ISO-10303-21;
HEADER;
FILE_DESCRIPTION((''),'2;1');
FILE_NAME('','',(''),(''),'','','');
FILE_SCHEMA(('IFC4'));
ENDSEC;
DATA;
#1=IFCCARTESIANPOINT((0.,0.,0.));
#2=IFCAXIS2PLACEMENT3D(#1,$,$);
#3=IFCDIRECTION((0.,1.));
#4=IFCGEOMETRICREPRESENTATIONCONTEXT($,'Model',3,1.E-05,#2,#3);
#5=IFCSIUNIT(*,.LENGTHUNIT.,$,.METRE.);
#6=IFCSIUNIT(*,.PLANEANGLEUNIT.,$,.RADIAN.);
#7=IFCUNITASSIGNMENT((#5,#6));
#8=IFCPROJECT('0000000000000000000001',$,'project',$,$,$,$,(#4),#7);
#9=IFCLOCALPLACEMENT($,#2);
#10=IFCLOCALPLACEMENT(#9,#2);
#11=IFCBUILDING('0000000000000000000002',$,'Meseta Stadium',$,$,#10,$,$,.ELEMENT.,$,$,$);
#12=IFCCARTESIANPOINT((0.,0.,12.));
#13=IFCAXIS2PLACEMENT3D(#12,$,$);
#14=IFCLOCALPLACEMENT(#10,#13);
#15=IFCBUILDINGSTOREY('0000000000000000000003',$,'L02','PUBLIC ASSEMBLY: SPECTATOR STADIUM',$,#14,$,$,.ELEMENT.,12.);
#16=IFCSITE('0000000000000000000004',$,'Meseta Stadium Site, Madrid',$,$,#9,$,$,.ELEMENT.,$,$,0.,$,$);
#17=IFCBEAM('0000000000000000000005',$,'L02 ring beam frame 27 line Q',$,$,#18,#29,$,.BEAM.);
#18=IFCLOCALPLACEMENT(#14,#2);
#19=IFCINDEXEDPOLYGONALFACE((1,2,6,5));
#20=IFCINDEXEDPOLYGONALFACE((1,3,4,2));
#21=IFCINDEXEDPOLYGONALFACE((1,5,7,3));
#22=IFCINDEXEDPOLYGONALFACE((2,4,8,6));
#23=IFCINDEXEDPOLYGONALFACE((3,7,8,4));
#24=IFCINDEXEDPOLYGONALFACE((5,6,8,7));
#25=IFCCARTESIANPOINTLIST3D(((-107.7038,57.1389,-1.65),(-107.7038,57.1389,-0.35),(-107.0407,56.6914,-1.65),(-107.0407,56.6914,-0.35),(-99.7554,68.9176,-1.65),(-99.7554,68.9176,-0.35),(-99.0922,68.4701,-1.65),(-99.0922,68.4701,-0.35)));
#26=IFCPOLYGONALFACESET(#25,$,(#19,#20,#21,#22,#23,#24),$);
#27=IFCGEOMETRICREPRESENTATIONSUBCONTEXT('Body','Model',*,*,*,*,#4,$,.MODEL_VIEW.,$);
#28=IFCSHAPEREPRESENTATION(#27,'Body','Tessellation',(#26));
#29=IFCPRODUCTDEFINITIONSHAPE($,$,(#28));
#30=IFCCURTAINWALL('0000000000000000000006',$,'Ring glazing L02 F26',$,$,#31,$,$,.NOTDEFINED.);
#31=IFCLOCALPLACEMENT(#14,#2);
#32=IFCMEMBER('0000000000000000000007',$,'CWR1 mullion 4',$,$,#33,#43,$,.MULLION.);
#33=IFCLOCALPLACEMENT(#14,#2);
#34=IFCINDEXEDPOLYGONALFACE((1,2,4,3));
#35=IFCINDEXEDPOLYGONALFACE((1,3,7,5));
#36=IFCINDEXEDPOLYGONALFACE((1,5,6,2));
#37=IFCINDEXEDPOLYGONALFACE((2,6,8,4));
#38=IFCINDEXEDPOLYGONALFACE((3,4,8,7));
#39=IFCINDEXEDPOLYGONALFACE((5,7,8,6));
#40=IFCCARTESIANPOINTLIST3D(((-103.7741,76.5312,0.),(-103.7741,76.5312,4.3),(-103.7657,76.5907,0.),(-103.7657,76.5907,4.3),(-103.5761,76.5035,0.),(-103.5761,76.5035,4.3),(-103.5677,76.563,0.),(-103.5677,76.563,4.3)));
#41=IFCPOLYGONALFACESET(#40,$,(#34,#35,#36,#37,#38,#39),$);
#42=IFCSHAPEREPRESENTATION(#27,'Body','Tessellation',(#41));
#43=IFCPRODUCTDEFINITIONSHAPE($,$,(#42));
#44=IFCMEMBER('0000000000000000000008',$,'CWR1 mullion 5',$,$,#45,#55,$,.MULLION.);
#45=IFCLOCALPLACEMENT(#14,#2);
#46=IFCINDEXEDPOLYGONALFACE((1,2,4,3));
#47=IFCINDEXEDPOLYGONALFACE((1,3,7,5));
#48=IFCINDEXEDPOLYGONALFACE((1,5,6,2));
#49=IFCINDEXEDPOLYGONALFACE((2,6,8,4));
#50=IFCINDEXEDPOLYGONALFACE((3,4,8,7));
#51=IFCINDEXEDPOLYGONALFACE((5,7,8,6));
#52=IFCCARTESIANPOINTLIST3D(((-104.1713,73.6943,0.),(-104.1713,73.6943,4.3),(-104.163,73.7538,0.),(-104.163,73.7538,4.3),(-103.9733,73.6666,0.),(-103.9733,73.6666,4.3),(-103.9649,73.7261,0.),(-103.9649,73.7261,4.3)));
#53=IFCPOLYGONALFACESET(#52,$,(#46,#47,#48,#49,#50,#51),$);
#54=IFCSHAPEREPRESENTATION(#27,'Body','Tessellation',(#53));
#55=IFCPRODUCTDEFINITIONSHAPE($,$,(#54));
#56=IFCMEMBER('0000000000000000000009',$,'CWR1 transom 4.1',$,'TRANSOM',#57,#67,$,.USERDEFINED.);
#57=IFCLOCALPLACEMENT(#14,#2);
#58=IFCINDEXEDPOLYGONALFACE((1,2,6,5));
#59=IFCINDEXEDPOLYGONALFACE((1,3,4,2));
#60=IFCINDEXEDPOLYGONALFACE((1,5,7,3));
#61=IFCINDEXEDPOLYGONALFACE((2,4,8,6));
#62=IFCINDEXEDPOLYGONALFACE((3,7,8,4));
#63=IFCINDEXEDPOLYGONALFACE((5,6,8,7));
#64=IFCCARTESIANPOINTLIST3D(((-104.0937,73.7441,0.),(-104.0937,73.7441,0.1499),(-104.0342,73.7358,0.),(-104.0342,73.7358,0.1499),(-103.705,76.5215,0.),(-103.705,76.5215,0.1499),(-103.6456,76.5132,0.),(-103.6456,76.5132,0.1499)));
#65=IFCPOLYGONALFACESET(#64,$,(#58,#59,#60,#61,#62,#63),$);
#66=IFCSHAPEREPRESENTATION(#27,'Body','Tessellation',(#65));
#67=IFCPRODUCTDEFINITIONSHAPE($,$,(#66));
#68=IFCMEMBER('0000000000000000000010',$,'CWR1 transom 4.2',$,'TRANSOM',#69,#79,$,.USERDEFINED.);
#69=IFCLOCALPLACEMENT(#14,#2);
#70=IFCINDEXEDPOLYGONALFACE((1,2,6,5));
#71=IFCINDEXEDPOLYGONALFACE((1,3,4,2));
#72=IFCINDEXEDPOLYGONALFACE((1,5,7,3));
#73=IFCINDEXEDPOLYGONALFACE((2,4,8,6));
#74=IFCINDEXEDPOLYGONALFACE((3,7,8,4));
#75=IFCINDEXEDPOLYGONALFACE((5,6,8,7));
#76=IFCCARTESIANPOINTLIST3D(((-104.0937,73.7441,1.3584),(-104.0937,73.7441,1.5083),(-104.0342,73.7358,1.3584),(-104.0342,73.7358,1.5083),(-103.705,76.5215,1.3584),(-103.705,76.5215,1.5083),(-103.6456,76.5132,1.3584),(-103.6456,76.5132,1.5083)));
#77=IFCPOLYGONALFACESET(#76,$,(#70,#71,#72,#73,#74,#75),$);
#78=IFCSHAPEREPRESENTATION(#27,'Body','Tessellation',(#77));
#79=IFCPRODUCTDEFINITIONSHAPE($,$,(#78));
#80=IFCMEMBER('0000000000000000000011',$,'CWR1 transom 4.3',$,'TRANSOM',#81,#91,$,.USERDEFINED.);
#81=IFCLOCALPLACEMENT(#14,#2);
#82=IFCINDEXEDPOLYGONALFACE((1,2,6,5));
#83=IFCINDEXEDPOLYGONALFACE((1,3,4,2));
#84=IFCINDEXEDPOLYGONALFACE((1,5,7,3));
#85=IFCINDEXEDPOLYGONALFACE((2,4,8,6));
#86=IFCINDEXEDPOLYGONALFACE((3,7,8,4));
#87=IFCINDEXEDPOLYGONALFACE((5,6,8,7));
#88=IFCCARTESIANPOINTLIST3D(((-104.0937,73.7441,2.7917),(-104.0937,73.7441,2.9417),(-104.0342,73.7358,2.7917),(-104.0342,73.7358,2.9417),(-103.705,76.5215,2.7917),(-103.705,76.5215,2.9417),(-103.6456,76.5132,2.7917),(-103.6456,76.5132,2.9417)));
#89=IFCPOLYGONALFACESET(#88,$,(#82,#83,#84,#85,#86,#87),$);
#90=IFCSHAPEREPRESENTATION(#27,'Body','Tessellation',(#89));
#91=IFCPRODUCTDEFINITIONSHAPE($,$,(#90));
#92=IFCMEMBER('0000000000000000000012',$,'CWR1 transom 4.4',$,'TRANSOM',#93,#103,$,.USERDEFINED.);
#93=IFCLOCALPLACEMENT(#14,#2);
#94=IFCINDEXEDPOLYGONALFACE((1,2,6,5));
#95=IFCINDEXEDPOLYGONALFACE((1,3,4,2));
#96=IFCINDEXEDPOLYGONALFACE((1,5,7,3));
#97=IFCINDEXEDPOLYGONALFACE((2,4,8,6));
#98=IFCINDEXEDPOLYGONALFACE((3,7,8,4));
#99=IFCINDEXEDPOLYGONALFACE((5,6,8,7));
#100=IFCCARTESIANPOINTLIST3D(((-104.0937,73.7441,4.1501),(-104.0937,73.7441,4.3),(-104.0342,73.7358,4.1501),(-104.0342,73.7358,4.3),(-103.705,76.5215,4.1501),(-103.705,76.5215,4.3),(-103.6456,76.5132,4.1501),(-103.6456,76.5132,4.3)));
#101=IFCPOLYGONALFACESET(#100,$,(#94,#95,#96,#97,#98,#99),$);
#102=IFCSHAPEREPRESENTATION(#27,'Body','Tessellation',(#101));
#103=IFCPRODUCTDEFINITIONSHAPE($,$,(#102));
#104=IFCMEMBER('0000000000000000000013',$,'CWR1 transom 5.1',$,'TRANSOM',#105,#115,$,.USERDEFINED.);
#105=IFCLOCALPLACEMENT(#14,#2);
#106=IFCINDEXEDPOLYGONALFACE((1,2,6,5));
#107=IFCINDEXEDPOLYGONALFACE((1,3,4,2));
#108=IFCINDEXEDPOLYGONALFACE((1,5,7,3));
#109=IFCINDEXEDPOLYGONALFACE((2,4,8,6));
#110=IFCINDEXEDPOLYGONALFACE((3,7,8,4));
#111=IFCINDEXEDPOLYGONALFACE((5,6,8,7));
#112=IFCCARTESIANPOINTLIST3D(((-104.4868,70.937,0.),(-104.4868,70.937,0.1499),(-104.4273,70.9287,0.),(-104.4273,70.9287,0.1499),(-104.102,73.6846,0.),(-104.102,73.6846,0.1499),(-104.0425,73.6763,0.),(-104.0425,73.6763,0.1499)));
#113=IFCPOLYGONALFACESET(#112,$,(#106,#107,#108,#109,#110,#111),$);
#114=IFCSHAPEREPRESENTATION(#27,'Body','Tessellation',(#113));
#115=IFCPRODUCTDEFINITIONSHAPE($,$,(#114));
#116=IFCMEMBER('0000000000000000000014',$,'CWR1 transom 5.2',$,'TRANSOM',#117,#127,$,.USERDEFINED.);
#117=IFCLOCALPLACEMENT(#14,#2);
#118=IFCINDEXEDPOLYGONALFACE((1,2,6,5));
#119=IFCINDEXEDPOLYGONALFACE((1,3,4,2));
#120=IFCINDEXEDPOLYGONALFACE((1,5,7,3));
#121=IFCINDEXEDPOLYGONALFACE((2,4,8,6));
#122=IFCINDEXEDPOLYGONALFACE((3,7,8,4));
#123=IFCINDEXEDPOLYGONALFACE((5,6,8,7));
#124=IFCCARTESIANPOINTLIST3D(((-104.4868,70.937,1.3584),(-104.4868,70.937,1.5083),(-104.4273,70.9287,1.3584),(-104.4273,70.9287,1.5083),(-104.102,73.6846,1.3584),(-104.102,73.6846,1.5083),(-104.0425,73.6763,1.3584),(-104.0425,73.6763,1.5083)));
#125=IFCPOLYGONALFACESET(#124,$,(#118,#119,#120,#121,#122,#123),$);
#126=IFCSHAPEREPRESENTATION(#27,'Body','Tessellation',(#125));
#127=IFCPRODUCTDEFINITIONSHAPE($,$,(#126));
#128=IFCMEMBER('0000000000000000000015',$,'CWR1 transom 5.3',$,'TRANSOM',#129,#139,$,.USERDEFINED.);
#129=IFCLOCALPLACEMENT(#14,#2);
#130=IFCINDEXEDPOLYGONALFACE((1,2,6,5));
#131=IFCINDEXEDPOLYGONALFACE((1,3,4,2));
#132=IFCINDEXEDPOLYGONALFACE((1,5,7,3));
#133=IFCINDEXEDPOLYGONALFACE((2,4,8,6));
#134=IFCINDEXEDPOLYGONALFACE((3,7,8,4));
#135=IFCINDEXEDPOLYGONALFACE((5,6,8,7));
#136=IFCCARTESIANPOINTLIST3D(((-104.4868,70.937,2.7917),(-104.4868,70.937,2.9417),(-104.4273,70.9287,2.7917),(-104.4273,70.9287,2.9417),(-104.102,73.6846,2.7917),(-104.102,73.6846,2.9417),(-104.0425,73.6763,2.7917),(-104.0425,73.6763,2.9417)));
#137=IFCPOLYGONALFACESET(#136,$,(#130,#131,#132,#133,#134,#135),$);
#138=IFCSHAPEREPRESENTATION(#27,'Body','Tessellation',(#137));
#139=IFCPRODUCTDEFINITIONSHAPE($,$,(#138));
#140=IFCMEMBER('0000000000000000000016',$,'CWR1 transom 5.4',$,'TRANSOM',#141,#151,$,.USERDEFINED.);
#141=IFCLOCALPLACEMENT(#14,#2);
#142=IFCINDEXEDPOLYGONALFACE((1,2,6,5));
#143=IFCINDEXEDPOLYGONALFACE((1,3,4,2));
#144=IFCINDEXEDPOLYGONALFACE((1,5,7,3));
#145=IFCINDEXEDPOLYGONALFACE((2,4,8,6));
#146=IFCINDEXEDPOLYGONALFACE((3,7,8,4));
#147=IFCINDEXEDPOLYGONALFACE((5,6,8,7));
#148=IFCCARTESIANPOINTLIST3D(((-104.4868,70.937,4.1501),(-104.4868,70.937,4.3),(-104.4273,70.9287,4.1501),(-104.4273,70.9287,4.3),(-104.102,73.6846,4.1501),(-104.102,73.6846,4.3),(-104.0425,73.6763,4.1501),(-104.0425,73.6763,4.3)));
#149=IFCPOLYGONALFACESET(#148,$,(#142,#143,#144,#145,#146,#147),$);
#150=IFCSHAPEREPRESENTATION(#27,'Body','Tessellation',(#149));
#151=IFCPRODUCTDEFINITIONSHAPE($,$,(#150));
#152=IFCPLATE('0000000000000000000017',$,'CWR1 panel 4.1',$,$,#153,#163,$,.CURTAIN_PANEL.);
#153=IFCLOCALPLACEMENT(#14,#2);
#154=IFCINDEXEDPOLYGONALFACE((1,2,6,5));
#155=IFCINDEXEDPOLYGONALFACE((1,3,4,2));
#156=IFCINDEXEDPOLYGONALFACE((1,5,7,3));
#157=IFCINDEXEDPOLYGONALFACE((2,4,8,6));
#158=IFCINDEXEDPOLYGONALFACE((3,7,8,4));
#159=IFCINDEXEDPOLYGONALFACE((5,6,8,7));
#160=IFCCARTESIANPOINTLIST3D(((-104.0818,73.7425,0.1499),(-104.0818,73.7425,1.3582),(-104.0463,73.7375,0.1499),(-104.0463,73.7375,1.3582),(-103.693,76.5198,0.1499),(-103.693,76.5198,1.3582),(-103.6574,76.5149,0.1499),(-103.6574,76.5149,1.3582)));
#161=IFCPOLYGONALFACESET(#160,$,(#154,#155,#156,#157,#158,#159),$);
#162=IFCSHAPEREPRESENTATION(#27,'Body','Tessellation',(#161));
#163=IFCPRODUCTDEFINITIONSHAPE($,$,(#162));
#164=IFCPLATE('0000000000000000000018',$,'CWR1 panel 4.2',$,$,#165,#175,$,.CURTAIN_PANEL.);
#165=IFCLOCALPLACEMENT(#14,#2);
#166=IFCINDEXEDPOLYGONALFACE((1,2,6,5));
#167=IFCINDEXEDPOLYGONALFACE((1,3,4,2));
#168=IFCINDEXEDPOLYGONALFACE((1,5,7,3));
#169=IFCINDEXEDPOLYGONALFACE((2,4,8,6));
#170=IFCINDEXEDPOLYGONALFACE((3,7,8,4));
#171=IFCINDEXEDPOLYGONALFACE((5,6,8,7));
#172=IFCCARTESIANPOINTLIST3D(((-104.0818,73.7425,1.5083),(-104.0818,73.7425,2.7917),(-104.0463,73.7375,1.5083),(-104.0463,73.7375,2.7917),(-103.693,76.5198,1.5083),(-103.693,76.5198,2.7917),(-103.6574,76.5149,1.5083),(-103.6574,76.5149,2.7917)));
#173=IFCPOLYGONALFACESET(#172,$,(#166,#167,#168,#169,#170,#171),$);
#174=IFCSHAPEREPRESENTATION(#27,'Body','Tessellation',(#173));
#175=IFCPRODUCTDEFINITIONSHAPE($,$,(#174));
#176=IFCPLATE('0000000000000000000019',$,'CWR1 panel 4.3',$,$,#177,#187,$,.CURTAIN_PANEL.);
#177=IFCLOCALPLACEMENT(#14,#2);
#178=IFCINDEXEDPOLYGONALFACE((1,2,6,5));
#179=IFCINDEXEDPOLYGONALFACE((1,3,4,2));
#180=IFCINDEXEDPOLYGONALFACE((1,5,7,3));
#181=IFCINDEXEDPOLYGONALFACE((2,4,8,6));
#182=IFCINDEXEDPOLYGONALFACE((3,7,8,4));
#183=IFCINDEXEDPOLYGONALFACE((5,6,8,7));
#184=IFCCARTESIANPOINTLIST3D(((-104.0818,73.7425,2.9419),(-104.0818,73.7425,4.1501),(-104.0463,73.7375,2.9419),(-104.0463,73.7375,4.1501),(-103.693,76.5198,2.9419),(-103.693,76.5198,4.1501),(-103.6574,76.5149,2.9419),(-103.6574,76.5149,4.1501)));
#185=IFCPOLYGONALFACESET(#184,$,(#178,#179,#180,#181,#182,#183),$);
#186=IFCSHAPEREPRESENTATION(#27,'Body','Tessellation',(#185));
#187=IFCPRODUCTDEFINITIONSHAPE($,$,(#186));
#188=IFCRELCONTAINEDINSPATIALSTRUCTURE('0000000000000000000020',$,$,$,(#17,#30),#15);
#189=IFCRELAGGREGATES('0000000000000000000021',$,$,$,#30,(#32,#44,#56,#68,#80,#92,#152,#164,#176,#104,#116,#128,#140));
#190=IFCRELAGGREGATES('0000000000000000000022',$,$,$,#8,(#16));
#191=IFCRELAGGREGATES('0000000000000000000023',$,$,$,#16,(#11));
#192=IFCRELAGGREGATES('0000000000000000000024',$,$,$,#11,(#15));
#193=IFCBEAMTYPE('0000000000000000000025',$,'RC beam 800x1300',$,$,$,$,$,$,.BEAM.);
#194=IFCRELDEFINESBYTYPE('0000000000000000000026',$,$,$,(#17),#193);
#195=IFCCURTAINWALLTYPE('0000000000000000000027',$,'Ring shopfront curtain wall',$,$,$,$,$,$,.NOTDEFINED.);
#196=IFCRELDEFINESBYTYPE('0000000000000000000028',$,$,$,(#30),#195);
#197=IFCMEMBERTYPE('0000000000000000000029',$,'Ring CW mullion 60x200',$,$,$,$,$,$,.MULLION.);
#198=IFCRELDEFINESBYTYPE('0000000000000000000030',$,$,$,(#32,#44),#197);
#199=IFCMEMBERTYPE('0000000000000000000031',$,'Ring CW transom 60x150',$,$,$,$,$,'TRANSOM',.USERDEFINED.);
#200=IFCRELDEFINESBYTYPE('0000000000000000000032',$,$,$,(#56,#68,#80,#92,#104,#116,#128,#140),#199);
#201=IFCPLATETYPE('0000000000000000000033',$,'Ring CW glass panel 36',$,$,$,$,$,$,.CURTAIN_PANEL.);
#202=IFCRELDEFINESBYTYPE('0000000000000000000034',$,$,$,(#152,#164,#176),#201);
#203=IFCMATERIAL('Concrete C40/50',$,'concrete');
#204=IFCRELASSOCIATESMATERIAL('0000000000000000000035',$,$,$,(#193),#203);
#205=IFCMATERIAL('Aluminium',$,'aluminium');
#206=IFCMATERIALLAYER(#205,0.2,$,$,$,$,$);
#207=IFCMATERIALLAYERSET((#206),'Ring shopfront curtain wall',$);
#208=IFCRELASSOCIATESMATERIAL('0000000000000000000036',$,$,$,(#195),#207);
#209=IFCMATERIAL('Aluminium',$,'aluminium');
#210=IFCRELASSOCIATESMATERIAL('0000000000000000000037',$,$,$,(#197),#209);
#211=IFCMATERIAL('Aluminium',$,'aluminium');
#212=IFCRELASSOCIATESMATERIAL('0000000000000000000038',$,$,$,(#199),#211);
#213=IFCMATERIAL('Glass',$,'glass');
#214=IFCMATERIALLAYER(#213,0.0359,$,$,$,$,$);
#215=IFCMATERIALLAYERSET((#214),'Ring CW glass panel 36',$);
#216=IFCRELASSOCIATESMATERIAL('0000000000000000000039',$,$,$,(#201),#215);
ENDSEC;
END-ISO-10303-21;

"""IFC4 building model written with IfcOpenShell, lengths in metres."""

from ifc_helpers import new_model, si_unit, direction, frame, origin, origin_2d, place, context, subcontext, project, spatial, rectangle, extrude, material, layer, layer_set, material_profile, profile_set, type_object, element, aggregate, save


model = new_model("IFC4")

# Units and contexts
model_context = context("Model", 3, precision=1e-05, world=origin(), true_north=direction((0.0, 1.0)))
body_context = subcontext(model_context, "Body", "Model", "MODEL_VIEW")
ifc_project = project(units=[si_unit("LENGTHUNIT", "METRE"), si_unit("PLANEANGLEUNIT", "RADIAN")], contexts=[model_context])

# Site, building, storey
site_placement = place(None, origin())
site = spatial("IfcSite", under=ifc_project, at=site_placement, Name="Meseta Stadium Site, Madrid", CompositionType="ELEMENT", RefElevation=0.0)
building_placement = place(site_placement, origin())
building = spatial("IfcBuilding", under=site, at=building_placement, Name="Meseta Stadium", CompositionType="ELEMENT")
storey_placement = place(building_placement, frame((0.0, 0.0, 12.0)))
storey = spatial("IfcBuildingStorey", under=building, at=storey_placement, Name="L02", Description="PUBLIC ASSEMBLY: SPECTATOR STADIUM", CompositionType="ELEMENT", Elevation=12.0)

# Beam
ifc_material_1 = material(Name="Concrete C40/50", Category="concrete")
ifc_material_profile_1 = material_profile(ifc_material_1, rectangle(XDim=0.8, YDim=1.3, at=origin_2d()), Name="RC 800x1300")
ifc_profile_set_1 = profile_set([ifc_material_profile_1], Name="Concrete C40/50")
beam_type_1 = type_object("IfcBeamType", Name="RC beam 800x1300", PredefinedType="BEAM", material=ifc_profile_set_1)
beam_1_placement = place(storey_placement, frame((-99.4238, 68.6938, -1.0), z_axis=(-0.559366, -0.828921, 0.0), x_axis=(0.828921, -0.559366, 0.0)))
element("IfcBeam", 1, at=beam_1_placement, inside=storey, type_object=beam_type_1, Name="L02 ring beam frame 27 line Q", PredefinedType="BEAM", context=body_context, shape_type="SweptSolid", body=[
    extrude(rectangle(XDim=0.8, YDim=1.3, at=origin_2d()), origin(), (0.0, 0.0, 1.0), 14.2097),
])

# Curtain wall, members, plates
ifc_material_2 = material(Name="Aluminium", Category="aluminium")
ifc_layer_1 = layer(ifc_material_2, 0.2)
ifc_layer_set_1 = layer_set([ifc_layer_1], Name="Ring shopfront curtain wall")
curtain_wall_type = type_object("IfcCurtainWallType", Name="Ring shopfront curtain wall", PredefinedType="NOTDEFINED", material=ifc_layer_set_1)
curtain_wall_placement = place(storey_placement, origin())
curtain_wall = element("IfcCurtainWall", 2, at=curtain_wall_placement, inside=storey, type_object=curtain_wall_type, Name="Ring glazing L02 F26", PredefinedType="NOTDEFINED")
ifc_material_3 = material(Name="Aluminium", Category="aluminium")
ifc_material_profile_2 = material_profile(ifc_material_3, rectangle(XDim=0.2, YDim=0.0601, at=origin_2d()), Name="CW 200x60")
ifc_profile_set_2 = profile_set([ifc_material_profile_2], Name="Aluminium")
member_type_1 = type_object("IfcMemberType", Name="Ring CW mullion 60x200", PredefinedType="MULLION", material=ifc_profile_set_2)
member_1_placement = place(storey_placement, frame((-103.6709, 76.5471, 0.0), z_axis=(0.0, 0.0, 1.0), x_axis=(0.990342, -0.138643, 0.0)))
member_1 = element("IfcMember", 3, at=member_1_placement, type_object=member_type_1, Name="CWR1 mullion 4", PredefinedType="MULLION", context=body_context, shape_type="SweptSolid", body=[
    extrude(rectangle(XDim=0.2, YDim=0.0601, at=origin_2d()), origin(), (0.0, 0.0, 1.0), 4.3),
])
member_2_placement = place(storey_placement, frame((-104.0681, 73.7102, 0.0), z_axis=(0.0, 0.0, 1.0), x_axis=(0.990342, -0.138643, 0.0)))
member_2 = element("IfcMember", 4, at=member_2_placement, type_object=member_type_1, Name="CWR1 mullion 5", PredefinedType="MULLION", context=body_context, shape_type="SweptSolid", body=[
    extrude(rectangle(XDim=0.2, YDim=0.0601, at=origin_2d()), origin(), (0.0, 0.0, 1.0), 4.3),
])
ifc_material_4 = material(Name="Aluminium", Category="aluminium")
ifc_material_profile_3 = material_profile(ifc_material_4, rectangle(XDim=0.0601, YDim=0.1499, at=origin_2d()), Name="CW 60x150")
ifc_profile_set_3 = profile_set([ifc_material_profile_3], Name="Aluminium")
member_type_2 = type_object("IfcMemberType", Name="Ring CW transom 60x150", ElementType="TRANSOM", PredefinedType="USERDEFINED", material=ifc_profile_set_3)
member_3_placement = place(storey_placement, frame((-103.6753, 76.5173, 0.075), z_axis=(-0.138593, -0.990349, 0.0), x_axis=(0.990349, -0.138593, 0.0)))
member_3 = element("IfcMember", 5, at=member_3_placement, type_object=member_type_2, Name="CWR1 transom 4.1", ObjectType="TRANSOM", PredefinedType="USERDEFINED", context=body_context, shape_type="SweptSolid", body=[
    extrude(rectangle(XDim=0.0601, YDim=0.1499, at=origin_2d()), origin(), (0.0, 0.0, 1.0), 2.8044),
])
member_4_placement = place(storey_placement, frame((-103.6753, 76.5173, 1.4333), z_axis=(-0.138593, -0.990349, 0.0), x_axis=(0.990349, -0.138593, 0.0)))
member_4 = element("IfcMember", 6, at=member_4_placement, type_object=member_type_2, Name="CWR1 transom 4.2", ObjectType="TRANSOM", PredefinedType="USERDEFINED", context=body_context, shape_type="SweptSolid", body=[
    extrude(rectangle(XDim=0.0601, YDim=0.1499, at=origin_2d()), origin(), (0.0, 0.0, 1.0), 2.8044),
])
member_5_placement = place(storey_placement, frame((-103.6753, 76.5173, 2.8667), z_axis=(-0.138593, -0.990349, 0.0), x_axis=(0.990349, -0.138593, 0.0)))
member_5 = element("IfcMember", 7, at=member_5_placement, type_object=member_type_2, Name="CWR1 transom 4.3", ObjectType="TRANSOM", PredefinedType="USERDEFINED", context=body_context, shape_type="SweptSolid", body=[
    extrude(rectangle(XDim=0.0601, YDim=0.1499, at=origin_2d()), origin(), (0.0, 0.0, 1.0), 2.8044),
])
member_6_placement = place(storey_placement, frame((-103.6753, 76.5173, 4.2251), z_axis=(-0.138593, -0.990349, 0.0), x_axis=(0.990349, -0.138593, 0.0)))
member_6 = element("IfcMember", 8, at=member_6_placement, type_object=member_type_2, Name="CWR1 transom 4.4", ObjectType="TRANSOM", PredefinedType="USERDEFINED", context=body_context, shape_type="SweptSolid", body=[
    extrude(rectangle(XDim=0.0601, YDim=0.1499, at=origin_2d()), origin(), (0.0, 0.0, 1.0), 2.8044),
])
member_7_placement = place(storey_placement, frame((-104.0723, 73.6804, 0.075), z_axis=(-0.138686, -0.990336, 0.0), x_axis=(0.990336, -0.138686, 0.0)))
member_7 = element("IfcMember", 9, at=member_7_placement, type_object=member_type_2, Name="CWR1 transom 5.1", ObjectType="TRANSOM", PredefinedType="USERDEFINED", context=body_context, shape_type="SweptSolid", body=[
    extrude(rectangle(XDim=0.0601, YDim=0.1499, at=origin_2d()), origin(), (0.0, 0.0, 1.0), 2.7744),
])
member_8_placement = place(storey_placement, frame((-104.0723, 73.6804, 1.4333), z_axis=(-0.138686, -0.990336, 0.0), x_axis=(0.990336, -0.138686, 0.0)))
member_8 = element("IfcMember", 10, at=member_8_placement, type_object=member_type_2, Name="CWR1 transom 5.2", ObjectType="TRANSOM", PredefinedType="USERDEFINED", context=body_context, shape_type="SweptSolid", body=[
    extrude(rectangle(XDim=0.0601, YDim=0.1499, at=origin_2d()), origin(), (0.0, 0.0, 1.0), 2.7744),
])
member_9_placement = place(storey_placement, frame((-104.0723, 73.6804, 2.8667), z_axis=(-0.138686, -0.990336, 0.0), x_axis=(0.990336, -0.138686, 0.0)))
member_9 = element("IfcMember", 11, at=member_9_placement, type_object=member_type_2, Name="CWR1 transom 5.3", ObjectType="TRANSOM", PredefinedType="USERDEFINED", context=body_context, shape_type="SweptSolid", body=[
    extrude(rectangle(XDim=0.0601, YDim=0.1499, at=origin_2d()), origin(), (0.0, 0.0, 1.0), 2.7744),
])
member_10_placement = place(storey_placement, frame((-104.0723, 73.6804, 4.2251), z_axis=(-0.138686, -0.990336, 0.0), x_axis=(0.990336, -0.138686, 0.0)))
member_10 = element("IfcMember", 12, at=member_10_placement, type_object=member_type_2, Name="CWR1 transom 5.4", ObjectType="TRANSOM", PredefinedType="USERDEFINED", context=body_context, shape_type="SweptSolid", body=[
    extrude(rectangle(XDim=0.0601, YDim=0.1499, at=origin_2d()), origin(), (0.0, 0.0, 1.0), 2.7744),
])
ifc_material_5 = material(Name="Glass", Category="glass")
ifc_layer_2 = layer(ifc_material_5, 0.0359)
ifc_layer_set_2 = layer_set([ifc_layer_2], Name="Ring CW glass panel 36")
plate_type = type_object("IfcPlateType", Name="Ring CW glass panel 36", PredefinedType="CURTAIN_PANEL", material=ifc_layer_set_2)
plate_1_placement = place(storey_placement, frame((-103.8696, 75.1287, 0.1499), z_axis=(0.0, 0.0, 1.0), x_axis=(-0.138643, -0.990342, 0.0)))
plate_1 = element("IfcPlate", 13, at=plate_1_placement, type_object=plate_type, Name="CWR1 panel 4.1", PredefinedType="CURTAIN_PANEL", context=body_context, shape_type="SweptSolid", body=[
    extrude(rectangle(XDim=2.8044, YDim=0.0359, at=origin_2d()), origin(), (0.0, 0.0, 1.0), 1.2083),
])
plate_2_placement = place(storey_placement, frame((-103.8696, 75.1287, 1.5083), z_axis=(0.0, 0.0, 1.0), x_axis=(-0.138643, -0.990342, 0.0)))
plate_2 = element("IfcPlate", 14, at=plate_2_placement, type_object=plate_type, Name="CWR1 panel 4.2", PredefinedType="CURTAIN_PANEL", context=body_context, shape_type="SweptSolid", body=[
    extrude(rectangle(XDim=2.8044, YDim=0.0359, at=origin_2d()), origin(), (0.0, 0.0, 1.0), 1.2834),
])
plate_3_placement = place(storey_placement, frame((-103.8696, 75.1287, 2.9419), z_axis=(0.0, 0.0, 1.0), x_axis=(-0.138643, -0.990342, 0.0)))
plate_3 = element("IfcPlate", 15, at=plate_3_placement, type_object=plate_type, Name="CWR1 panel 4.3", PredefinedType="CURTAIN_PANEL", context=body_context, shape_type="SweptSolid", body=[
    extrude(rectangle(XDim=2.8044, YDim=0.0359, at=origin_2d()), origin(), (0.0, 0.0, 1.0), 1.2083),
])
aggregate(curtain_wall, [member_1, member_2, member_3, member_4, member_5, member_6, plate_1, plate_2, plate_3, member_7, member_8, member_9, member_10])

save(model, "model.ifc")
